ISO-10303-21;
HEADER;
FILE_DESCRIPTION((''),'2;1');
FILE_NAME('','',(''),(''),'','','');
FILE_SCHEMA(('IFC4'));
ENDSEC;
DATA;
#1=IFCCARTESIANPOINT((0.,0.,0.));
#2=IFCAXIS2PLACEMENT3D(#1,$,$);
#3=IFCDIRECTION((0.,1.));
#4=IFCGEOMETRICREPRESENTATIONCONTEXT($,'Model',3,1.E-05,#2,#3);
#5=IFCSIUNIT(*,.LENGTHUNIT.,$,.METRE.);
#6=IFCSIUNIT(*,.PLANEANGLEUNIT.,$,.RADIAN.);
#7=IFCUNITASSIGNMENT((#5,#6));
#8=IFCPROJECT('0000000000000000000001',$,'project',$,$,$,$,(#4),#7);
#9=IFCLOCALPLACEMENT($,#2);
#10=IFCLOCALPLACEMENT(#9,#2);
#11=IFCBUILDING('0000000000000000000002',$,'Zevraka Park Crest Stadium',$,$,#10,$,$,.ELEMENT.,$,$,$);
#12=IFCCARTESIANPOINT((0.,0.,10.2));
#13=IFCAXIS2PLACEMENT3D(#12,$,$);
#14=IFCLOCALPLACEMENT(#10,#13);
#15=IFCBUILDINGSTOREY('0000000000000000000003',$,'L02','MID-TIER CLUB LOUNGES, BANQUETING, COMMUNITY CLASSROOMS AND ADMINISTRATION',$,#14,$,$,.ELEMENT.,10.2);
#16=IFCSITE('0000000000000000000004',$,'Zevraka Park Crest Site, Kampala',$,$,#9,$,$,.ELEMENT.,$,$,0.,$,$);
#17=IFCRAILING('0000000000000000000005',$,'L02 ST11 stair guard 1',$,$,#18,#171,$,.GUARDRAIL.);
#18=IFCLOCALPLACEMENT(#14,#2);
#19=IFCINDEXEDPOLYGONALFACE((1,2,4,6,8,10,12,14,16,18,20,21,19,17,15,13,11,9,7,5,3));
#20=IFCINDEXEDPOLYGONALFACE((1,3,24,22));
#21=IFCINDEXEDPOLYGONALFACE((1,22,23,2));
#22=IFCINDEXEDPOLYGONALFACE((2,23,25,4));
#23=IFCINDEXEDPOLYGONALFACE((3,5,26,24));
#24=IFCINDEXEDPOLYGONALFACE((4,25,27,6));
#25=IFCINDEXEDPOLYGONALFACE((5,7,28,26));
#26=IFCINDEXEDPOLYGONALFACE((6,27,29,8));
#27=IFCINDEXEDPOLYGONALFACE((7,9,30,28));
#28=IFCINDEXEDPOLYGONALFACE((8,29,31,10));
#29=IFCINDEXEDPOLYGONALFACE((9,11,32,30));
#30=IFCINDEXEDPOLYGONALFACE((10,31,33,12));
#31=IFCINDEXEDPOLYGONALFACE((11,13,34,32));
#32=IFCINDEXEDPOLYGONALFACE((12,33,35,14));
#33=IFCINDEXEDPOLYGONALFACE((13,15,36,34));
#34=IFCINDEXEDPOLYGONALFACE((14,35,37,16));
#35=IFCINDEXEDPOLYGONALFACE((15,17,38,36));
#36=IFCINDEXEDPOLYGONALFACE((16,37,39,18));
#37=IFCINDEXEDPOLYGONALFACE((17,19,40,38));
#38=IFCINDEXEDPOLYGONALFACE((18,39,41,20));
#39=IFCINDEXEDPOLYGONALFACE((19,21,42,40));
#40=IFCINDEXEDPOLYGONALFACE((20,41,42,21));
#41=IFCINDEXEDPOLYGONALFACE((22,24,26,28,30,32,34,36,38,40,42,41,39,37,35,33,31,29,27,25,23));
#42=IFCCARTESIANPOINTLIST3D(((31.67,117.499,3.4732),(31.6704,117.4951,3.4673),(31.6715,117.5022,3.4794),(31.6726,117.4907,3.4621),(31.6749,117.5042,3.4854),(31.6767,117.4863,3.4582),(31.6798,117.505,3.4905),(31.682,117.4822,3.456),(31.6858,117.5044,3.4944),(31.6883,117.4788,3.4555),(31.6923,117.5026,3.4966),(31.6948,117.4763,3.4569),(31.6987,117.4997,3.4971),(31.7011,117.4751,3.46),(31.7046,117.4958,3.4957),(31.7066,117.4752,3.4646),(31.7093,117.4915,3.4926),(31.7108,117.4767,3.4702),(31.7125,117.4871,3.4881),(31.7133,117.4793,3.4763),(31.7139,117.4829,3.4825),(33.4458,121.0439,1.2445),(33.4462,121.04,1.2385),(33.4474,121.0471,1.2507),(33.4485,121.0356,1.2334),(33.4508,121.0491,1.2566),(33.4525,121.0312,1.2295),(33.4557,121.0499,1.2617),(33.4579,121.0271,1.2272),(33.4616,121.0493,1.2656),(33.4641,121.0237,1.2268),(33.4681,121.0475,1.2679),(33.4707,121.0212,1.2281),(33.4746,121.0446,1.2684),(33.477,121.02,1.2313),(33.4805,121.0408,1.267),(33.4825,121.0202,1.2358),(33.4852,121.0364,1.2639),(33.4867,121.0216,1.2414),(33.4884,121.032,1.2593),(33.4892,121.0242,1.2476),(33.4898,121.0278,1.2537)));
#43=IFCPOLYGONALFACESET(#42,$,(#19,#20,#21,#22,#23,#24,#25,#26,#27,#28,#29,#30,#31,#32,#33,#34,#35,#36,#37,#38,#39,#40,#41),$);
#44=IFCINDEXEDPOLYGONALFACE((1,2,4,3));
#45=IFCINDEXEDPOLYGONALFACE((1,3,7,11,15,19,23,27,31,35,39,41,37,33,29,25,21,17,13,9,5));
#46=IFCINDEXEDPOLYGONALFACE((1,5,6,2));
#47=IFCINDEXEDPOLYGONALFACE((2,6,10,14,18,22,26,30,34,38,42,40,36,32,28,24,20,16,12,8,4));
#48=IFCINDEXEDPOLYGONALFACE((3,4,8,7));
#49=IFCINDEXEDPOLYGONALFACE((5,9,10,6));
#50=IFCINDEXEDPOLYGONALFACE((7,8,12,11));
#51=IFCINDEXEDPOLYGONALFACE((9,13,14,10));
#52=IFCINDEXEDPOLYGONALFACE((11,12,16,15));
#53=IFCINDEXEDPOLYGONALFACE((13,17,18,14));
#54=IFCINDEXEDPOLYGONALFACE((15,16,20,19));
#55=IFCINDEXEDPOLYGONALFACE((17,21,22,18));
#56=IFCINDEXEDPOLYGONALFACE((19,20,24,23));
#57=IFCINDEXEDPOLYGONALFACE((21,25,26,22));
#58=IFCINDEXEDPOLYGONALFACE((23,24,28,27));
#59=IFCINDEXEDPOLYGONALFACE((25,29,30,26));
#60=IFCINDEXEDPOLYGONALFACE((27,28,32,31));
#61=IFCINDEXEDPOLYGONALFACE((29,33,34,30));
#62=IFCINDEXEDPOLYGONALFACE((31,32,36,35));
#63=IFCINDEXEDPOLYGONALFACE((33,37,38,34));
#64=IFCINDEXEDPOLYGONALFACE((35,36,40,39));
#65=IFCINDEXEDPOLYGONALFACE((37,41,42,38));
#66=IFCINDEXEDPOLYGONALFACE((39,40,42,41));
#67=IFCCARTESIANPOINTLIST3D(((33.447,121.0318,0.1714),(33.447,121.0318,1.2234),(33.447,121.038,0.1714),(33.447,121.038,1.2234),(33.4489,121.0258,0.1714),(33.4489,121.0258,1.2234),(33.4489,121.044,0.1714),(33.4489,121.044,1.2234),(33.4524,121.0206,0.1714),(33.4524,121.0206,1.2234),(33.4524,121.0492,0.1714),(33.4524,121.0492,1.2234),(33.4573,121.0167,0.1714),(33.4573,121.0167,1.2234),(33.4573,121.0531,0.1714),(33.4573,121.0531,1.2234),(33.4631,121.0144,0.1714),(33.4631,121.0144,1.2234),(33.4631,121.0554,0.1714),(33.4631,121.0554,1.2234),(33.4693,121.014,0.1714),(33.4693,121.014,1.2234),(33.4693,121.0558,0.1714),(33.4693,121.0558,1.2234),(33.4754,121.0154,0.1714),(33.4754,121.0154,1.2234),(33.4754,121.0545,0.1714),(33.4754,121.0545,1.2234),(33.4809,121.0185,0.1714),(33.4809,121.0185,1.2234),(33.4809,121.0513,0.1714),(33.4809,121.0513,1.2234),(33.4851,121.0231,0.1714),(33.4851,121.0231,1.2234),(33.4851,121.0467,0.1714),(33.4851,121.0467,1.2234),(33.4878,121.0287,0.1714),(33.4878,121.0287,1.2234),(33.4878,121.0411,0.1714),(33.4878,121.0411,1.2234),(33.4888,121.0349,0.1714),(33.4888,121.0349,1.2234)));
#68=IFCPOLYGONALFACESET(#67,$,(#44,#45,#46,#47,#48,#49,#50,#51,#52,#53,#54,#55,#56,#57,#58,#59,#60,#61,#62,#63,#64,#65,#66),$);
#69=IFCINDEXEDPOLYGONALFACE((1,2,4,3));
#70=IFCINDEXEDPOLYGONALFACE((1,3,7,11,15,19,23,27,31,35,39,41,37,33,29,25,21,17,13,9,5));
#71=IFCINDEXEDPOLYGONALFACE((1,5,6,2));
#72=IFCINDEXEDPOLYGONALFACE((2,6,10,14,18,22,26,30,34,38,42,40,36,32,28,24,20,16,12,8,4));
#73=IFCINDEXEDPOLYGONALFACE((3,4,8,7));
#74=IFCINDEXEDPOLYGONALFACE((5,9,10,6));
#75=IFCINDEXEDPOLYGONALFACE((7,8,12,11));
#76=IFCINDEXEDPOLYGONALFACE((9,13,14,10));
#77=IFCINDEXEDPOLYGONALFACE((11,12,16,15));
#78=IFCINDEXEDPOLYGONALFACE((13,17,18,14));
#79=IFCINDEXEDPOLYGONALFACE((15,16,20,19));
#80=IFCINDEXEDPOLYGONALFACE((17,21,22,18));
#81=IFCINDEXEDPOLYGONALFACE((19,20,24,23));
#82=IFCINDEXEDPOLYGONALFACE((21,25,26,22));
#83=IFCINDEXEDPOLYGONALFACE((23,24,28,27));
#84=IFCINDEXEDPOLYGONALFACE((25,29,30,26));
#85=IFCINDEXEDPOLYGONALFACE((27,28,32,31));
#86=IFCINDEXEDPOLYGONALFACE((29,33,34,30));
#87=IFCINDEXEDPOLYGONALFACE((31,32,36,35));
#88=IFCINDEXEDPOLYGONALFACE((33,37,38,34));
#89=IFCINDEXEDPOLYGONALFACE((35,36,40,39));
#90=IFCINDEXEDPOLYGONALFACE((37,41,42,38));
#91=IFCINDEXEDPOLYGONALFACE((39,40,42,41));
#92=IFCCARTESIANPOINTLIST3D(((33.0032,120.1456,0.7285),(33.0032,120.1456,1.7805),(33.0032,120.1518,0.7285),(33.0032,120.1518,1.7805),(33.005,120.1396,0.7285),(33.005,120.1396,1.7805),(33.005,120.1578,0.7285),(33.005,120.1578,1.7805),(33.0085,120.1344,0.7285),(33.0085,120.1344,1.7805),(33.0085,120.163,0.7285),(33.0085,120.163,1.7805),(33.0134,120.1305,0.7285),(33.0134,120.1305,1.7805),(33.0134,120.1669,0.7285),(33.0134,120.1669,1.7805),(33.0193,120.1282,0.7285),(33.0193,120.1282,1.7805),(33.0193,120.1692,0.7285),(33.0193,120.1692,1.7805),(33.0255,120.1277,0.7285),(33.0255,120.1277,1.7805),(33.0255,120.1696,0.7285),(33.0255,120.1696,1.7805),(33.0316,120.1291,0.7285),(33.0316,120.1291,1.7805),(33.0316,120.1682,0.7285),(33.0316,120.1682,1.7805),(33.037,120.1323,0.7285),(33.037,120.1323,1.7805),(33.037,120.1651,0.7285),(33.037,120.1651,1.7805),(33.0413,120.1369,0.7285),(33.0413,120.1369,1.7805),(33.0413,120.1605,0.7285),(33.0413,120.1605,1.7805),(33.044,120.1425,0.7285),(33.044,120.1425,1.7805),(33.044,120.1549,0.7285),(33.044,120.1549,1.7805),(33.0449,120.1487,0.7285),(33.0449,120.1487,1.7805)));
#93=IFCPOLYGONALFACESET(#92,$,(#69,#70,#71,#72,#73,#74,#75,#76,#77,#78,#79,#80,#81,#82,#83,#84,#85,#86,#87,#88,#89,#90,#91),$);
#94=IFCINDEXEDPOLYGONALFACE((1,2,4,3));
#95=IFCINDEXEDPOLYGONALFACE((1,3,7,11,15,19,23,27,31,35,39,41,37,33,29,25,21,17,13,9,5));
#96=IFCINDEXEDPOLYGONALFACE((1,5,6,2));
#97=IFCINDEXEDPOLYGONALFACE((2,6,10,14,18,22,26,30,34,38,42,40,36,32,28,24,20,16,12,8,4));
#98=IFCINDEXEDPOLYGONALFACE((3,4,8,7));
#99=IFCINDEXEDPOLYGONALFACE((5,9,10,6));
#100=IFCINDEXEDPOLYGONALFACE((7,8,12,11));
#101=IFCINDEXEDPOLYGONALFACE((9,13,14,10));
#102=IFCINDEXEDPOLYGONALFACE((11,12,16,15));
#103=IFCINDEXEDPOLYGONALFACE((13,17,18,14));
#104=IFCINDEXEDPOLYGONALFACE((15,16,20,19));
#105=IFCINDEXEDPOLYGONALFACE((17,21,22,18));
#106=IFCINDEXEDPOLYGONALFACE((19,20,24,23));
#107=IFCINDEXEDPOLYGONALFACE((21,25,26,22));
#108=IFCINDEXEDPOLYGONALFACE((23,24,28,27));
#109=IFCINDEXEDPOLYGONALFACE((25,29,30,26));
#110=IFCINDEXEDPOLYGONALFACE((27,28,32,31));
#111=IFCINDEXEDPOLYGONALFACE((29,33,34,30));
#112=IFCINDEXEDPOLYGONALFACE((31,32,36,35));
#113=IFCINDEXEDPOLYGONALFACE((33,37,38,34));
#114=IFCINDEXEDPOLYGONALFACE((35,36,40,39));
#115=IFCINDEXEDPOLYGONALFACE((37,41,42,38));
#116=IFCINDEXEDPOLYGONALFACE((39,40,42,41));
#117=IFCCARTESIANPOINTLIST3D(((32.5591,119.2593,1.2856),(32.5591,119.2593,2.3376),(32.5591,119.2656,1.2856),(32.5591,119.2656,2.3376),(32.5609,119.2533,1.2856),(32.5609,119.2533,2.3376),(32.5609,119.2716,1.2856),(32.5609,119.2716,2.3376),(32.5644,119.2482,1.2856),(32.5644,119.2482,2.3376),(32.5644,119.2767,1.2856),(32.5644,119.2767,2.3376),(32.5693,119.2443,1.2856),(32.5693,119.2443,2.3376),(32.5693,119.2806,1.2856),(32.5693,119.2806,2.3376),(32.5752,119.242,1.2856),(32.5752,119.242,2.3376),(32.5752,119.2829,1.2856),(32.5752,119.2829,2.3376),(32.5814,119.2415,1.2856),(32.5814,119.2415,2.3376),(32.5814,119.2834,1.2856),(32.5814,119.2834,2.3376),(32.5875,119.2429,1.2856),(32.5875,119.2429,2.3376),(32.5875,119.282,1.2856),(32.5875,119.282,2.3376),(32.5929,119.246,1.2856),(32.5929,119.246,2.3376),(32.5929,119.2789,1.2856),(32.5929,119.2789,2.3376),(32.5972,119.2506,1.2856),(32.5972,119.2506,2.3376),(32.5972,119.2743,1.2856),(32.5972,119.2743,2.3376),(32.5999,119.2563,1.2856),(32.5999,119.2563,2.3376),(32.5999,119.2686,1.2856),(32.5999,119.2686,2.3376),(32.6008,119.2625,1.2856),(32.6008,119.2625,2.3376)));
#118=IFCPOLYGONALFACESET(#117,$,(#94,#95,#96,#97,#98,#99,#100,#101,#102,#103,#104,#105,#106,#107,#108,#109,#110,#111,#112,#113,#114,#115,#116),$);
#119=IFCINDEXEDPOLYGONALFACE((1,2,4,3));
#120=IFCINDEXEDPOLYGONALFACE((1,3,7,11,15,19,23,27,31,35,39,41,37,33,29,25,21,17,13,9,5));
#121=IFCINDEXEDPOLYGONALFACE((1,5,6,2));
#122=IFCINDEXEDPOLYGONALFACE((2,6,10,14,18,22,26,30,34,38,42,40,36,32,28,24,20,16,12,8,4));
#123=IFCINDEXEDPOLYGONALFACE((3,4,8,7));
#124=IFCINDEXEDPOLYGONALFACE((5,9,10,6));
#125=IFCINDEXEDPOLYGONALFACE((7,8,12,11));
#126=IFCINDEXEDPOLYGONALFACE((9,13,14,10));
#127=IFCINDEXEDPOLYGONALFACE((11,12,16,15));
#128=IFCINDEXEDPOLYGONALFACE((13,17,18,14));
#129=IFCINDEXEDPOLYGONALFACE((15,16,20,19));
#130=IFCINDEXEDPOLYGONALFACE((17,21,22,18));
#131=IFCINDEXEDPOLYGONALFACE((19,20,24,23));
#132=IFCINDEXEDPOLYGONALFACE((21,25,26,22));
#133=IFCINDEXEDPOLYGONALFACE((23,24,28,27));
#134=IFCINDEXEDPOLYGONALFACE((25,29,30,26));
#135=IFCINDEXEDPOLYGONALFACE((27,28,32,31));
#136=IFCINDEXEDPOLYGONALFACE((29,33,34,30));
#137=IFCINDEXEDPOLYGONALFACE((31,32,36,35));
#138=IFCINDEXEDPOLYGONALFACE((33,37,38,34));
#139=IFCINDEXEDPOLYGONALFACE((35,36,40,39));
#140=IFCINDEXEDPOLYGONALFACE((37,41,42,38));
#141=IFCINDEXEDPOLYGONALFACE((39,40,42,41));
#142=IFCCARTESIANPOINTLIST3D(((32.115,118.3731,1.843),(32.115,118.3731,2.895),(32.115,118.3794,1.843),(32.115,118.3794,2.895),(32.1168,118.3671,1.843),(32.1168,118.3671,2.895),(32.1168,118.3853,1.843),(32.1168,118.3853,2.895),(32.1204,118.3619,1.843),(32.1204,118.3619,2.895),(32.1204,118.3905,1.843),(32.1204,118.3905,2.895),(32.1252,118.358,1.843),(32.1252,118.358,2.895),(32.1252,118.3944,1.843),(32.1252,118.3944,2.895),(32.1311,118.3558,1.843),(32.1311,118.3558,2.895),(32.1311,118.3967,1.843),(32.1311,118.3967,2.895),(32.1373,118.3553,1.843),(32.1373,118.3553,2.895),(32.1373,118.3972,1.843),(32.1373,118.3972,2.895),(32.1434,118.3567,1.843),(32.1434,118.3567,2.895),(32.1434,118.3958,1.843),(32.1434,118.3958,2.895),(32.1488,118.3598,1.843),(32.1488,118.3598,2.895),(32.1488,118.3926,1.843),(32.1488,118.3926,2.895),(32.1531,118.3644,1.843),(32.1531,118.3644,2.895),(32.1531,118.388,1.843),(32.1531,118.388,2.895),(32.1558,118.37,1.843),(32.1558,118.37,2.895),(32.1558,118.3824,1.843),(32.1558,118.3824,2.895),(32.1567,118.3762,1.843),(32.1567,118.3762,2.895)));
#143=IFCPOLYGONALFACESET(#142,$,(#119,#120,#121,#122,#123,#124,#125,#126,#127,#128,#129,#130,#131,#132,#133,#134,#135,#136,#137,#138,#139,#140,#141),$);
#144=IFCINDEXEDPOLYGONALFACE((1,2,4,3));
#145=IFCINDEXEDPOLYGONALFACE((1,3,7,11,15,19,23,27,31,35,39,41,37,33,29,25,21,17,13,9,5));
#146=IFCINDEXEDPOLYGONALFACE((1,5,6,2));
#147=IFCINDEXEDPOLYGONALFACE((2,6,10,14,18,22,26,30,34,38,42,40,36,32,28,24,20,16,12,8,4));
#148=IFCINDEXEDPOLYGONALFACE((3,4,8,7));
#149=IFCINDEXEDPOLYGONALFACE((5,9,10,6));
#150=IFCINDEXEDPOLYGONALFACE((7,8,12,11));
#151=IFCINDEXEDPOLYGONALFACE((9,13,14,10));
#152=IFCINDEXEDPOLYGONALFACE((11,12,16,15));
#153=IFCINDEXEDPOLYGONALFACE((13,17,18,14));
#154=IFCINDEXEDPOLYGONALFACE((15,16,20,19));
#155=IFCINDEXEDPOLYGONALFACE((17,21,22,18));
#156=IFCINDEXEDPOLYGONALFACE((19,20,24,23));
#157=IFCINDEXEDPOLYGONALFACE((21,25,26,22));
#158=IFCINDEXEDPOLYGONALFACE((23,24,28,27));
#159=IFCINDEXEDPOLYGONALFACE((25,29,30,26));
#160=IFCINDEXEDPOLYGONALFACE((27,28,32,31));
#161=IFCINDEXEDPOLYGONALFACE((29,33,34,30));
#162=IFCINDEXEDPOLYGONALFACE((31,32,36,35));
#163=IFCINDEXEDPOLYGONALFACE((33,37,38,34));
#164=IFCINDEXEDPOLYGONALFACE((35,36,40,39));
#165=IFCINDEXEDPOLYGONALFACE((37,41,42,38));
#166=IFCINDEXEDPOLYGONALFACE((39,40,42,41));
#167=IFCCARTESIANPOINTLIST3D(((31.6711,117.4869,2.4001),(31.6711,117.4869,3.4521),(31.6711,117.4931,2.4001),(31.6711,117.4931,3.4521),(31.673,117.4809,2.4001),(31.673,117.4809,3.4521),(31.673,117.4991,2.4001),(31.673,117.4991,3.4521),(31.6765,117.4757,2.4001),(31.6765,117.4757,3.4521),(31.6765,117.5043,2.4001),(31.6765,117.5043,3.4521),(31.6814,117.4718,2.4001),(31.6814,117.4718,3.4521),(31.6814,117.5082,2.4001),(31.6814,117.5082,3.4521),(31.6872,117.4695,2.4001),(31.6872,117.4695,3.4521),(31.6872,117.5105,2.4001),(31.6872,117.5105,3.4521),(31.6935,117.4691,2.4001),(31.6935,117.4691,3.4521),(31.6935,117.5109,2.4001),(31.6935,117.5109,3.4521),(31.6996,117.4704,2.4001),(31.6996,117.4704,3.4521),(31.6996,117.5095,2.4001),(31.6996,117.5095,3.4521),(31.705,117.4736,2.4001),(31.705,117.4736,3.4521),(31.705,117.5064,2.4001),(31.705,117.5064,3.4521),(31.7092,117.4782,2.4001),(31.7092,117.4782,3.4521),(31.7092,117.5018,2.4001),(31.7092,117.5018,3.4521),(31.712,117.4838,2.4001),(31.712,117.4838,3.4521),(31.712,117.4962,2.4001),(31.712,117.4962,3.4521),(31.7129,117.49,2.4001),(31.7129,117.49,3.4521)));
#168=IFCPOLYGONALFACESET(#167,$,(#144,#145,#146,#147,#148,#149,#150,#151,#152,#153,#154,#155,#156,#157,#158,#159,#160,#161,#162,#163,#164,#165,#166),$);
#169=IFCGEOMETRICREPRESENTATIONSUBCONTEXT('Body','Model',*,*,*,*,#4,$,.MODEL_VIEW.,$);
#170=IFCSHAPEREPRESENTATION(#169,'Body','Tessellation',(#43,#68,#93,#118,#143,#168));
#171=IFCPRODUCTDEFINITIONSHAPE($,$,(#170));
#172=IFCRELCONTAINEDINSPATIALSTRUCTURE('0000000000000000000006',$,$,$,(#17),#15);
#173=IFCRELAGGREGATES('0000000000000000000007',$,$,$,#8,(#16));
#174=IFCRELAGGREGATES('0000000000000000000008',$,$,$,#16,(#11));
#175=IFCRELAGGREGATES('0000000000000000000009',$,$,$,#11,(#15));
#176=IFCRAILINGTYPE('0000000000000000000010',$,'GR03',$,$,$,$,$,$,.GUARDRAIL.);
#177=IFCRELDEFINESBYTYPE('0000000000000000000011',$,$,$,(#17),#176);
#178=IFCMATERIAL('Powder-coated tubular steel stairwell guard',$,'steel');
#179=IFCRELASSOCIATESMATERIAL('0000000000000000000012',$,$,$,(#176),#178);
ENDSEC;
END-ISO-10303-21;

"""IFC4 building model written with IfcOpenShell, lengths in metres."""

from ifc_helpers import new_model, si_unit, direction, frame, origin, origin_2d, place, context, subcontext, project, spatial, circle, extrude, material, type_object, element, save


model = new_model("IFC4")

# Units and contexts
model_context = context("Model", 3, precision=1e-05, world=origin(), true_north=direction((0.0, 1.0)))
body_context = subcontext(model_context, "Body", "Model", "MODEL_VIEW")
ifc_project = project(units=[si_unit("LENGTHUNIT", "METRE"), si_unit("PLANEANGLEUNIT", "RADIAN")], contexts=[model_context])

# Site, building, storey
site_placement = place(None, origin())
site = spatial("IfcSite", under=ifc_project, at=site_placement, Name="Zevraka Park Crest Site, Kampala", CompositionType="ELEMENT", RefElevation=0.0)
building_placement = place(site_placement, origin())
building = spatial("IfcBuilding", under=site, at=building_placement, Name="Zevraka Park Crest Stadium", CompositionType="ELEMENT")
storey_placement = place(building_placement, frame((0.0, 0.0, 10.2)))
storey = spatial("IfcBuildingStorey", under=building, at=storey_placement, Name="L02", Description="MID-TIER CLUB LOUNGES, BANQUETING, COMMUNITY CLASSROOMS AND ADMINISTRATION", CompositionType="ELEMENT", Elevation=10.2)

# Railing
ifc_material_1 = material(Name="Powder-coated tubular steel stairwell guard", Category="steel")
railing_type_1 = type_object("IfcRailingType", Name="GR03", PredefinedType="GUARDRAIL", material=ifc_material_1)
railing_1_placement = place(storey_placement, frame((33.4678, 121.0349, 0.1714)))
element("IfcRailing", 1, at=railing_1_placement, inside=storey, type_object=railing_type_1, Name="L02 ST11 stair guard 1", PredefinedType="GUARDRAIL", context=body_context, shape_type="SweptSolid", body=[
    extrude(circle(Radius=0.0239, at=origin_2d()), frame((0.0, 0.0, 1.0762), z_axis=(-0.390444, -0.779384, 0.490014), x_axis=(0.894082, -0.447903, 0.0)), (0.0, 0.0, 1.0), 4.5483),
    extrude(circle(Radius=0.021, at=origin_2d()), origin(), (0.0, 0.0, 1.0), 1.052),
    extrude(circle(Radius=0.021, at=origin_2d()), frame((-0.4438, -0.8862, 0.5571)), (0.0, 0.0, 1.0), 1.052),
    extrude(circle(Radius=0.021, at=origin_2d()), frame((-0.8879, -1.7725, 1.1143)), (0.0, 0.0, 1.0), 1.052),
    extrude(circle(Radius=0.021, at=origin_2d()), frame((-1.332, -2.6587, 1.6716)), (0.0, 0.0, 1.0), 1.052),
    extrude(circle(Radius=0.021, at=origin_2d()), frame((-1.7759, -3.5449, 2.2288)), (0.0, 0.0, 1.0), 1.052),
])

save(model, "model.ifc")
